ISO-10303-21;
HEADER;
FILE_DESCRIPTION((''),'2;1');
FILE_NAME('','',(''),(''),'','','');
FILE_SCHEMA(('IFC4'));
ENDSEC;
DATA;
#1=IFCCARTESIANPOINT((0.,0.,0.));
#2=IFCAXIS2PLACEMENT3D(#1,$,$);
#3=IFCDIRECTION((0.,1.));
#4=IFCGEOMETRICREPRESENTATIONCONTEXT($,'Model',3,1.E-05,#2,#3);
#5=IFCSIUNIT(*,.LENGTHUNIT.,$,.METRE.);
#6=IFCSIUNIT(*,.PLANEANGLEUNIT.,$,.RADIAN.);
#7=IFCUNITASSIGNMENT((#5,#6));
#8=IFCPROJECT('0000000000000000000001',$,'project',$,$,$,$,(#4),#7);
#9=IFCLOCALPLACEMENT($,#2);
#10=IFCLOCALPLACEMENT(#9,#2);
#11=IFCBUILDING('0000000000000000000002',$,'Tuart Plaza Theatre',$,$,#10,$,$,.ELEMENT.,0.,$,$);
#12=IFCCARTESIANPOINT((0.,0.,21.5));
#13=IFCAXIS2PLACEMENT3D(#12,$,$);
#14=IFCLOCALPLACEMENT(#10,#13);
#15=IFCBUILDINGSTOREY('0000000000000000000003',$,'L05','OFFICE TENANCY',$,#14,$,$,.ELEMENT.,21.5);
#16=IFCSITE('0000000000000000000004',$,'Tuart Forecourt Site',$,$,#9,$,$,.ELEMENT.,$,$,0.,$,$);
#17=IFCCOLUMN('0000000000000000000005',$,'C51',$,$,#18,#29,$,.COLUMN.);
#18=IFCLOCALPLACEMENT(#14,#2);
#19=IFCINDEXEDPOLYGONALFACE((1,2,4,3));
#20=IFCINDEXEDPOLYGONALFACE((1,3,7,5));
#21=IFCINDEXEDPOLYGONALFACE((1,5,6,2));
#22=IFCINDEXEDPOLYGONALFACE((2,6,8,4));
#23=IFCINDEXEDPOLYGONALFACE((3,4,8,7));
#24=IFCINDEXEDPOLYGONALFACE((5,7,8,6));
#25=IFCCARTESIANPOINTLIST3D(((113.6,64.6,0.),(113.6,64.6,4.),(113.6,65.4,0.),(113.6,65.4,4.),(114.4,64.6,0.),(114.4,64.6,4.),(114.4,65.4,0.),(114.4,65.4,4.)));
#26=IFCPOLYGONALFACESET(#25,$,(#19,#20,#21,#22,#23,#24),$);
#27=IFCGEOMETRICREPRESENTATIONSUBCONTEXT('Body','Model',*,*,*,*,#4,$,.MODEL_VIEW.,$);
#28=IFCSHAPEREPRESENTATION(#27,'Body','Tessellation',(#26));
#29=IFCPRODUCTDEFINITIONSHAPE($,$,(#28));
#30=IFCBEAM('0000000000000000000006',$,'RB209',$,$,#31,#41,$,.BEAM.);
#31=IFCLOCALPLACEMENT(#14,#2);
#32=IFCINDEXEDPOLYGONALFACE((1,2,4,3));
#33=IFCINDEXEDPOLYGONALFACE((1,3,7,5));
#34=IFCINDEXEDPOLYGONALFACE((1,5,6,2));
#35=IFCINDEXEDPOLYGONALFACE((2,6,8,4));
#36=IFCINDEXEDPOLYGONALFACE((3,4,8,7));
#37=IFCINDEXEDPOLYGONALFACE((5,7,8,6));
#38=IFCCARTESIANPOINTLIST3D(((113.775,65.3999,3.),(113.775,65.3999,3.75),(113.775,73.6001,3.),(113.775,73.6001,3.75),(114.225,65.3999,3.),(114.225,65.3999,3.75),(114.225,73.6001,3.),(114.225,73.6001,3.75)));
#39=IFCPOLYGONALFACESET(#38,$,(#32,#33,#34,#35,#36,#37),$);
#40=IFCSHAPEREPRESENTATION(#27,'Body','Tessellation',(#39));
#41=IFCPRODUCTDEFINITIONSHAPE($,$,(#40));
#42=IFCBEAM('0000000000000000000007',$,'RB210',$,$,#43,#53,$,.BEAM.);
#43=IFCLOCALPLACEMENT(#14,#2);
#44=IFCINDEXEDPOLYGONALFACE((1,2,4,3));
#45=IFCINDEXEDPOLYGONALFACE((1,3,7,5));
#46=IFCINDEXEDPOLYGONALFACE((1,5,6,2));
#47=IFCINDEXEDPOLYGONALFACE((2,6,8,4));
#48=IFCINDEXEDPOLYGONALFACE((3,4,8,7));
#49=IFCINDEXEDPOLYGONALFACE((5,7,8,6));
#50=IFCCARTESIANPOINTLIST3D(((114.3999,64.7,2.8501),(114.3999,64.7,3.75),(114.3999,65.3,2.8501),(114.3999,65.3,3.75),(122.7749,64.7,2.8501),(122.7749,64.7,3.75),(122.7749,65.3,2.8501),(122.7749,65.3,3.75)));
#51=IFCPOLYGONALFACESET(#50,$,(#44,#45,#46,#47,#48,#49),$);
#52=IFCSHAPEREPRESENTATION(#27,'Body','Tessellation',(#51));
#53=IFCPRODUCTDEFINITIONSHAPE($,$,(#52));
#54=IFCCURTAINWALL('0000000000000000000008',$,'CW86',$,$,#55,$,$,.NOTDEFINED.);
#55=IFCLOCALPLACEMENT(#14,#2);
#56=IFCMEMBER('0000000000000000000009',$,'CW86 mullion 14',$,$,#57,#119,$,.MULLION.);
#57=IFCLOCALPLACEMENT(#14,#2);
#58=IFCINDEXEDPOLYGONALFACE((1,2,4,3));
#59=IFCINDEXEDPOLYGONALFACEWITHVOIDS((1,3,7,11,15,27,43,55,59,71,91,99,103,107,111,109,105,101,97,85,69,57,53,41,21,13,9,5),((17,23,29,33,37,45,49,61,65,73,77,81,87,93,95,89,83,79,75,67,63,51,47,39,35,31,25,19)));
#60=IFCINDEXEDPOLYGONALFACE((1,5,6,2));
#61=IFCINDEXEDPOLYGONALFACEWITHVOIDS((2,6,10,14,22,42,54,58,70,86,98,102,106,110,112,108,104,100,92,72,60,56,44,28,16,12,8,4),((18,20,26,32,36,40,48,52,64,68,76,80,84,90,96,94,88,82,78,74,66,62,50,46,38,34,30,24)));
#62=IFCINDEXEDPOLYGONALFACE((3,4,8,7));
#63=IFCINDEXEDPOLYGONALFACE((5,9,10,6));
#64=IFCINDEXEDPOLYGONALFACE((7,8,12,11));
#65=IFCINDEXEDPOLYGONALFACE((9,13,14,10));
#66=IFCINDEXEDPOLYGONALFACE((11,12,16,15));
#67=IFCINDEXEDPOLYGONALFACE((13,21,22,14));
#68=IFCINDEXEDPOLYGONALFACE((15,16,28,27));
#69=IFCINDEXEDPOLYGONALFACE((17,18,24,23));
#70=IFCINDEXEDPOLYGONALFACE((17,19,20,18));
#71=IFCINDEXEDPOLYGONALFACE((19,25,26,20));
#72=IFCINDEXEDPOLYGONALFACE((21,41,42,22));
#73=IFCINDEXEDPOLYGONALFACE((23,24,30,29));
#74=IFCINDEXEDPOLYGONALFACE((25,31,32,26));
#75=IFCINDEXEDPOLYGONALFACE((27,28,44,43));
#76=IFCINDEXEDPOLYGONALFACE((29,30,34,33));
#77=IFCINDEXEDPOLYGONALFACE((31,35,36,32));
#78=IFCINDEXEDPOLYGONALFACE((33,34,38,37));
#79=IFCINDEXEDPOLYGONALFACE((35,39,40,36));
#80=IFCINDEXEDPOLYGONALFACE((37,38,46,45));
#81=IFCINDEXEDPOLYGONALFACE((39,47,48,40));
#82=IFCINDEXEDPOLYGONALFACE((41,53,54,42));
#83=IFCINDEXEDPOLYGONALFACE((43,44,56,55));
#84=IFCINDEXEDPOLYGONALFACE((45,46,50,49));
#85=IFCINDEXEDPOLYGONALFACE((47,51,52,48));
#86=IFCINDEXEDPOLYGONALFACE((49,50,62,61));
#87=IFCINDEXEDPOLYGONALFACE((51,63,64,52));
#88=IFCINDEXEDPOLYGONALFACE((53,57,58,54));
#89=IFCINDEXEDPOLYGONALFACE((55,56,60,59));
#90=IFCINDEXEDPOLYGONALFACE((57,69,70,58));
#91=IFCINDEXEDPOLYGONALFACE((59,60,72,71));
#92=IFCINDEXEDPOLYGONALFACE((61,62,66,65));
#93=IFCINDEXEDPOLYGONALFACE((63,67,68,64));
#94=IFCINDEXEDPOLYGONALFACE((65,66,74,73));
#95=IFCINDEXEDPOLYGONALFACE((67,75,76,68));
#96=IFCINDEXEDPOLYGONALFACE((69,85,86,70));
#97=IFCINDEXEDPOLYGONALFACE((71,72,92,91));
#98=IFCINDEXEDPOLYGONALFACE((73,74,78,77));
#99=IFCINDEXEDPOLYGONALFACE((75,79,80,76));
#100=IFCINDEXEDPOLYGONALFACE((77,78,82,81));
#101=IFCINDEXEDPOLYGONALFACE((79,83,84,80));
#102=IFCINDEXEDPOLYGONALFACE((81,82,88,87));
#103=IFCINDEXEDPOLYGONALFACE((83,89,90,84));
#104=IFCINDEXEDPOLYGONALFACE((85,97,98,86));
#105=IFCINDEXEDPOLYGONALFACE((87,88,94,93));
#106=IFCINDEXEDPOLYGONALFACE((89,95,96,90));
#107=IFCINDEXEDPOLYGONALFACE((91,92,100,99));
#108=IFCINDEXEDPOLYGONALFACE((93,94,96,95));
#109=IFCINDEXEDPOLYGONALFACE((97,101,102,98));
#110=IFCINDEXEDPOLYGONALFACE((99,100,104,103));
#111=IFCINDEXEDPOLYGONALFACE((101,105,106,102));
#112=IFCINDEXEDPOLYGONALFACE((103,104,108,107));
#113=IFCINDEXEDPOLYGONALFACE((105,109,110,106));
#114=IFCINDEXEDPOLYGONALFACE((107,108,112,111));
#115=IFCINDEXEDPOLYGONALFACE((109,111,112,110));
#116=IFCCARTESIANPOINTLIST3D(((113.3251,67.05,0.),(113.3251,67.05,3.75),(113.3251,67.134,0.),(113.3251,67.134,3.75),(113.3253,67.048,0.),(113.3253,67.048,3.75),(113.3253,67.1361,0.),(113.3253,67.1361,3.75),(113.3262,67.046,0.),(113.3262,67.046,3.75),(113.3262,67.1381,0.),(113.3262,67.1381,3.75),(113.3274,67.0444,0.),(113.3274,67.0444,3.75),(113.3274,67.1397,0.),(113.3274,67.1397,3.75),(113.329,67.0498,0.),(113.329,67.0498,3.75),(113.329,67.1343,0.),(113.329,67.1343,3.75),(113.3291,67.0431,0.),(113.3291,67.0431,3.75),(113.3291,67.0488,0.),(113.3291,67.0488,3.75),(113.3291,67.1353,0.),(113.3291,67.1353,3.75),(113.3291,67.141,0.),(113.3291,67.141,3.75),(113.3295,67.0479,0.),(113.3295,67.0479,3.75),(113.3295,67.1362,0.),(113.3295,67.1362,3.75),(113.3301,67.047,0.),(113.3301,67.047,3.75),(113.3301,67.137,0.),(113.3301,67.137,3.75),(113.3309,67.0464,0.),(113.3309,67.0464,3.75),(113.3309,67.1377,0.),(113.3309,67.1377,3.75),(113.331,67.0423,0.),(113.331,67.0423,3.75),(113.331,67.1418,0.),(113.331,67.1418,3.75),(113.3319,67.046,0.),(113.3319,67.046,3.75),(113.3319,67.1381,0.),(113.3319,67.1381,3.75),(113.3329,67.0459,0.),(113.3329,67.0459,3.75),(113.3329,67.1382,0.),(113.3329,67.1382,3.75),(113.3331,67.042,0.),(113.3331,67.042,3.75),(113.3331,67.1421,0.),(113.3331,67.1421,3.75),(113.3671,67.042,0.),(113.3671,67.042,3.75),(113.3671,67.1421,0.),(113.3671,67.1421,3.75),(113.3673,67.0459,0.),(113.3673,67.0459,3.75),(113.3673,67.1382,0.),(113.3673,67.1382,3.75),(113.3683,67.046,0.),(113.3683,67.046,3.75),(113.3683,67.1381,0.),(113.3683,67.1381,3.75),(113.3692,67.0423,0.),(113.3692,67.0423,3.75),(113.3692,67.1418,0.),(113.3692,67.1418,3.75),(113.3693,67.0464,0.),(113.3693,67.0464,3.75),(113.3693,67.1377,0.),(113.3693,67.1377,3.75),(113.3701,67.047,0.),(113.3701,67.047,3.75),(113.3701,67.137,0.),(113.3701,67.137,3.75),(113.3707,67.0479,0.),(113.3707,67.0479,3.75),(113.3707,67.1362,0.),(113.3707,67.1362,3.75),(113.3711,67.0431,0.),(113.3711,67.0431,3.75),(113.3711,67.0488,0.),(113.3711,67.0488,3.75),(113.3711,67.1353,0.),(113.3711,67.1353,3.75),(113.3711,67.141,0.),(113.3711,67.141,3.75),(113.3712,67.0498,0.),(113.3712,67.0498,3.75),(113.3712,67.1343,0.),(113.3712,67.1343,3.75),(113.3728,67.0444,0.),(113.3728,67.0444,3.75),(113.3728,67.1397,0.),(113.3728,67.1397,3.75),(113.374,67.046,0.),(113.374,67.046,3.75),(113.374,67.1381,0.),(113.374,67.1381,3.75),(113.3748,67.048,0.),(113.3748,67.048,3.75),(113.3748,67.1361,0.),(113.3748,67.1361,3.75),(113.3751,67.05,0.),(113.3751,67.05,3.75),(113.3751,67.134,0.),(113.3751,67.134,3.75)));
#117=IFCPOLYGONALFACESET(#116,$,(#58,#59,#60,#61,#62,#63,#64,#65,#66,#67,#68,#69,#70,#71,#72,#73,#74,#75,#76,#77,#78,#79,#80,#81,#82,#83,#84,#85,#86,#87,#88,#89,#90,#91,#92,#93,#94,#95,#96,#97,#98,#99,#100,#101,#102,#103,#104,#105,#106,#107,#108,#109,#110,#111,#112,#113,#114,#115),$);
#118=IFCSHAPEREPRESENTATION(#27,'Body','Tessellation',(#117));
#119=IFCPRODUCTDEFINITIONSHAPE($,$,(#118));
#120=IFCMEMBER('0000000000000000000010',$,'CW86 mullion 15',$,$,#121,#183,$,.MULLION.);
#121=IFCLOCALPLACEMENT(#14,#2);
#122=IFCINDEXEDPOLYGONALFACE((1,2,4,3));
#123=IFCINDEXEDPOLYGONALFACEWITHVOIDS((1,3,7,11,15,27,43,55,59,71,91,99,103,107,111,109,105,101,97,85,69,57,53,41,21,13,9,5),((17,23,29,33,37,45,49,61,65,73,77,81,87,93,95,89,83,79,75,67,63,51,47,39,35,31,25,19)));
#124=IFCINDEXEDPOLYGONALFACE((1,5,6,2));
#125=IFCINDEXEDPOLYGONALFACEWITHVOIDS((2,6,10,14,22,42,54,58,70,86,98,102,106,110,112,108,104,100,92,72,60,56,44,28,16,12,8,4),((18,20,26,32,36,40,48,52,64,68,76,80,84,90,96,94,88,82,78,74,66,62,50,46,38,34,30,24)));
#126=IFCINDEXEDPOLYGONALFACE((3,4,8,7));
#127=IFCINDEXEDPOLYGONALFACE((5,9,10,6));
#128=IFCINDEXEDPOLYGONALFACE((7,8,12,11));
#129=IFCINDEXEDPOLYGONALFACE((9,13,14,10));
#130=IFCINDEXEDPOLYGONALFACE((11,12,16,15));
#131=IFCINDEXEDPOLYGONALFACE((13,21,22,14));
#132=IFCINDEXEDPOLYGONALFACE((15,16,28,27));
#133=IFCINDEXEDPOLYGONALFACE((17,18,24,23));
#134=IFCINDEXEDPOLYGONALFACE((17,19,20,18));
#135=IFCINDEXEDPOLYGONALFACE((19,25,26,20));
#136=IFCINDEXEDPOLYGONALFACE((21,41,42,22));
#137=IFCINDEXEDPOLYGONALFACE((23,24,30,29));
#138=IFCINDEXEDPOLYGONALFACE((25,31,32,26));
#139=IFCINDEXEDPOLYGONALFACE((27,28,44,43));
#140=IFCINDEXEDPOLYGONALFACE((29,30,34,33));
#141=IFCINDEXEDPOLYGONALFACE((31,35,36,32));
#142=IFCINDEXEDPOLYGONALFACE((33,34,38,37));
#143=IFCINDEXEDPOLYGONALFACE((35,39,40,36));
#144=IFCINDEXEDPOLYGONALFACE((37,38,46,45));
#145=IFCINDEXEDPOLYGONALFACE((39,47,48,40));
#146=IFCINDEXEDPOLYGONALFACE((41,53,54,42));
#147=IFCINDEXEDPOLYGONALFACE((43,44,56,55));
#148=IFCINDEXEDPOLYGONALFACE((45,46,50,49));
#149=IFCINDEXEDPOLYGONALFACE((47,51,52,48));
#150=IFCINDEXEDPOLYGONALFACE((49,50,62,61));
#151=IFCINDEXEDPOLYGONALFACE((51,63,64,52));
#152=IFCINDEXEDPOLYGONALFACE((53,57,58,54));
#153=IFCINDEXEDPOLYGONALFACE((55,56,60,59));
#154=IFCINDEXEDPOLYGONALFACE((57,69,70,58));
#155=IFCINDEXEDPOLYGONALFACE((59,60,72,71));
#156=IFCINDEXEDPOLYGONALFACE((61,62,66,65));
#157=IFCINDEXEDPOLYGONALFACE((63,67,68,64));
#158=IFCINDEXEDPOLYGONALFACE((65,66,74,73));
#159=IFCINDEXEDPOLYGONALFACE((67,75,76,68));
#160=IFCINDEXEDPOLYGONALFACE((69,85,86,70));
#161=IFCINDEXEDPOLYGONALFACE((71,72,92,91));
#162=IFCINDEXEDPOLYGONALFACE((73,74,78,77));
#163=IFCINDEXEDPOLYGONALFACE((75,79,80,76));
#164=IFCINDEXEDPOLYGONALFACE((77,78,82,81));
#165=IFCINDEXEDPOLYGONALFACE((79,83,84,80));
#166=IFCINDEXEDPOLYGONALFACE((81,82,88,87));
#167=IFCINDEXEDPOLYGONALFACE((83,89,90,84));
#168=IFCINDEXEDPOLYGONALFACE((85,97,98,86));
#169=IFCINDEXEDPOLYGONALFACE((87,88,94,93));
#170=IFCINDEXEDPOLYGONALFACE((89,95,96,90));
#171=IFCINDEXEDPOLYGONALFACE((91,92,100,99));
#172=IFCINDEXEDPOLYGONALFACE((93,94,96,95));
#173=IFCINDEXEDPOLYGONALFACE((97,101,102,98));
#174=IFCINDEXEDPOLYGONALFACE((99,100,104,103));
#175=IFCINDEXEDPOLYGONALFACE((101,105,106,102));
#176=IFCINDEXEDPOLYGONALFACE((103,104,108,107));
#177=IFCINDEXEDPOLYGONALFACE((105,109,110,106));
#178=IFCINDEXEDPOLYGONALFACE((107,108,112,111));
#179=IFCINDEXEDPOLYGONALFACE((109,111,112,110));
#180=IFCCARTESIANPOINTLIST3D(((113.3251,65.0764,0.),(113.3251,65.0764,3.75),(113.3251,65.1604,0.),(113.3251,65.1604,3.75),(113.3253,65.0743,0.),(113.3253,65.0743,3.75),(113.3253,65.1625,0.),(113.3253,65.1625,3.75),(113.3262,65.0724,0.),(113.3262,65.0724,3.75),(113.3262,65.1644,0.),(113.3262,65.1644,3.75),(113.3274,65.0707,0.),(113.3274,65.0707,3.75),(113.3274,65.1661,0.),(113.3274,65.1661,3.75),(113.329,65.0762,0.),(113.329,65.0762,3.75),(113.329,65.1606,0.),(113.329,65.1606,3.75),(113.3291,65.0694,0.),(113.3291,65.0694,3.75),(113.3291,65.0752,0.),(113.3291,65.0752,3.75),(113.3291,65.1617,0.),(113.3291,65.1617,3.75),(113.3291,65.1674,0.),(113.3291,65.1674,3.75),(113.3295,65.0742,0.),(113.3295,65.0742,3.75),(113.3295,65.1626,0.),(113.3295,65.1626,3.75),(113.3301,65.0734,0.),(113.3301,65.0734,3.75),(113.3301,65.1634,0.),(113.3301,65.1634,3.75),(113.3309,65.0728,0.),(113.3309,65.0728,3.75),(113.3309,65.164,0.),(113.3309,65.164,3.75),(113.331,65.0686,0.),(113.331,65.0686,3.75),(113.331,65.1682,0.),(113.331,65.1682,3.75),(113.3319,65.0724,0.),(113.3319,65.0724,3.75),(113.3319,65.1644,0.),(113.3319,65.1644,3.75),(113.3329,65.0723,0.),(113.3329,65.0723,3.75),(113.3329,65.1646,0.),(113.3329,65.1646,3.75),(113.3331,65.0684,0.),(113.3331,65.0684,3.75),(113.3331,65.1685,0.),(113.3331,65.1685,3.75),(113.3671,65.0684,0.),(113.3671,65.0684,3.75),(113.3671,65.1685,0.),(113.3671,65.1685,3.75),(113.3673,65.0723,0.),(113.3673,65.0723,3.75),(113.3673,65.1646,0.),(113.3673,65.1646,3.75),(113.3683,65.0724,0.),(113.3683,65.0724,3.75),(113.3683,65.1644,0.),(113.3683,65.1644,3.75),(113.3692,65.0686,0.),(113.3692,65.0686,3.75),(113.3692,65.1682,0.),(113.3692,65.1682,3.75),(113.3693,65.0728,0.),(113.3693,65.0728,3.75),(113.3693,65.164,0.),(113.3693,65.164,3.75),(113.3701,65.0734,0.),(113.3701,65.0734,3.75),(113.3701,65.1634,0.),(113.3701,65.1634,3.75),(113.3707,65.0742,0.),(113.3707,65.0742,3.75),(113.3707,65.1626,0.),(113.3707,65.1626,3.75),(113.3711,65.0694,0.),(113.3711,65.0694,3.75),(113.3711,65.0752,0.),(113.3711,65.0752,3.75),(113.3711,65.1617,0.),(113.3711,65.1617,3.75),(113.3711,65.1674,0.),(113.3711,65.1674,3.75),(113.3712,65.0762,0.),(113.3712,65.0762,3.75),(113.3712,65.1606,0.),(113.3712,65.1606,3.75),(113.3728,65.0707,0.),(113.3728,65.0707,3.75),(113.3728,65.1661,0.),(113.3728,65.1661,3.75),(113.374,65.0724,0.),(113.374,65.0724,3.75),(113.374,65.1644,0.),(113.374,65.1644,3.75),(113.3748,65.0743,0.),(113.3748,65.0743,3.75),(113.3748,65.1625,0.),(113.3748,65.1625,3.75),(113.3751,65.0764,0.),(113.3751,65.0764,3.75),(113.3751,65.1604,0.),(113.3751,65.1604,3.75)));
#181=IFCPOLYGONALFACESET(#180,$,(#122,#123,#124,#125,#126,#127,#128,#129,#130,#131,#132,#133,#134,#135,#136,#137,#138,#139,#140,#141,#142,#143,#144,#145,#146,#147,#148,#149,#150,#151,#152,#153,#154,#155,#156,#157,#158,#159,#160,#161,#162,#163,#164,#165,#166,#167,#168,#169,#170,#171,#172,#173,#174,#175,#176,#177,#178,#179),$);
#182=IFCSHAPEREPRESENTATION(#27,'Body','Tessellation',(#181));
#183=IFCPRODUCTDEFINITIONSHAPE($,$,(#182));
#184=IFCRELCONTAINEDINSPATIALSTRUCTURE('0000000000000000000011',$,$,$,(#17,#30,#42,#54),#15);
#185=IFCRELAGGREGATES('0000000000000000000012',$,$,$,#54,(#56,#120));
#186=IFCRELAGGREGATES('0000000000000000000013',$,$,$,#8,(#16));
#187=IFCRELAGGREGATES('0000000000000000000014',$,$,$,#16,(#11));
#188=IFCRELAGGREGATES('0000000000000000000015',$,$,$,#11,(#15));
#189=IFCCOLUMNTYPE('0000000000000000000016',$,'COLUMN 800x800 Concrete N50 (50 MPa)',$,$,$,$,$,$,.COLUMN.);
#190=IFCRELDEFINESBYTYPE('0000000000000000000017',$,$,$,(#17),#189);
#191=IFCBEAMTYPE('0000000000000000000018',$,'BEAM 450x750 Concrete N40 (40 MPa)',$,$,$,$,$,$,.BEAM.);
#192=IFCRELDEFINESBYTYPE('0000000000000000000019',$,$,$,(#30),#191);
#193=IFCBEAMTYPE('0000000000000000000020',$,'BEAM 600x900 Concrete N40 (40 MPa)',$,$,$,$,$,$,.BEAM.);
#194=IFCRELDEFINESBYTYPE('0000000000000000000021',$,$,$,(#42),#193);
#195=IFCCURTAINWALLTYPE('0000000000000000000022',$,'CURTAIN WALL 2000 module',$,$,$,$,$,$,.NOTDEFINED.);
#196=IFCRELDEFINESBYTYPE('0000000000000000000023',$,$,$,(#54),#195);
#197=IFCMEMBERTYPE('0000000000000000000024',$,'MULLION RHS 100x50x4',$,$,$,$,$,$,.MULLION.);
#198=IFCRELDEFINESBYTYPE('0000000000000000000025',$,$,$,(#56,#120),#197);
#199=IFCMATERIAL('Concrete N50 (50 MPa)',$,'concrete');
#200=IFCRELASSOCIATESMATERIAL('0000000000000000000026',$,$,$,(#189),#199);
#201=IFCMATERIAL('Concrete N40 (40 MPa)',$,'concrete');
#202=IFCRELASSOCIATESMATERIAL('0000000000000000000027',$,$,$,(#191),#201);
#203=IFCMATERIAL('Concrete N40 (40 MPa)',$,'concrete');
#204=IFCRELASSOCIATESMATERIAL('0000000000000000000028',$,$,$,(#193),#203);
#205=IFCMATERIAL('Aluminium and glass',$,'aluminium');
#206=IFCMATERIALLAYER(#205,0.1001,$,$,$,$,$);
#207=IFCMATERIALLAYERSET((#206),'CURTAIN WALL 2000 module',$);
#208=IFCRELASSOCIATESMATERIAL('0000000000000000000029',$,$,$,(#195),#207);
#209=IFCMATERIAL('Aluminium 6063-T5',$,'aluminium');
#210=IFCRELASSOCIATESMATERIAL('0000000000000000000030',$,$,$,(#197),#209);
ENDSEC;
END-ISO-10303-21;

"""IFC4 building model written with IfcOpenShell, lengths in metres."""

from ifc_helpers import new_model, si_unit, direction, frame, origin, origin_2d, place, context, subcontext, project, spatial, rectangle, hollow_rectangle, extrude, material, layer, layer_set, material_profile, profile_set, type_object, element, aggregate, save


model = new_model("IFC4")

# Units and contexts
model_context = context("Model", 3, precision=1e-05, world=origin(), true_north=direction((0.0, 1.0)))
body_context = subcontext(model_context, "Body", "Model", "MODEL_VIEW")
ifc_project = project(units=[si_unit("LENGTHUNIT", "METRE"), si_unit("PLANEANGLEUNIT", "RADIAN")], contexts=[model_context])

# Site, building, storey
site_placement = place(None, origin())
site = spatial("IfcSite", under=ifc_project, at=site_placement, Name="Tuart Forecourt Site", CompositionType="ELEMENT", RefElevation=0.0)
building_placement = place(site_placement, origin())
building = spatial("IfcBuilding", under=site, at=building_placement, Name="Tuart Plaza Theatre", CompositionType="ELEMENT", ElevationOfRefHeight=0.0)
storey_placement = place(building_placement, frame((0.0, 0.0, 21.5)))
storey = spatial("IfcBuildingStorey", under=building, at=storey_placement, Name="L05", Description="OFFICE TENANCY", CompositionType="ELEMENT", Elevation=21.5)

# Column
ifc_material_1 = material(Name="Concrete N50 (50 MPa)", Category="concrete")
ifc_material_profile_1 = material_profile(ifc_material_1, rectangle(XDim=0.8, YDim=0.8, at=origin_2d()), Name="COLUMN 800x800 Concrete N50 (50 MPa)")
ifc_profile_set_1 = profile_set([ifc_material_profile_1], Name="Concrete N50 (50 MPa)")
column_type = type_object("IfcColumnType", Name="COLUMN 800x800 Concrete N50 (50 MPa)", PredefinedType="COLUMN", material=ifc_profile_set_1)
column_placement = place(storey_placement, frame((114.0, 65.0, 0.0), z_axis=(0.0, 0.0, 1.0), x_axis=(1.0, 0.0, 0.0)))
element("IfcColumn", 1, at=column_placement, inside=storey, type_object=column_type, Name="C51", PredefinedType="COLUMN", context=body_context, shape_type="SweptSolid", body=[
    extrude(rectangle(XDim=0.8, YDim=0.8, at=origin_2d()), origin(), (0.0, 0.0, 1.0), 4.0),
])

# Beams
ifc_material_2 = material(Name="Concrete N40 (40 MPa)", Category="concrete")
ifc_material_profile_2 = material_profile(ifc_material_2, rectangle(XDim=0.45, YDim=0.75, at=origin_2d()), Name="BEAM 450x750 Concrete N40 (40 MPa)")
ifc_profile_set_2 = profile_set([ifc_material_profile_2], Name="Concrete N40 (40 MPa)")
beam_type_1 = type_object("IfcBeamType", Name="BEAM 450x750 Concrete N40 (40 MPa)", PredefinedType="BEAM", material=ifc_profile_set_2)
beam_1_placement = place(storey_placement, frame((114.0, 65.3999, 3.375), z_axis=(0.0, 1.0, 0.0), x_axis=(-1.0, 0.0, 0.0)))
element("IfcBeam", 2, at=beam_1_placement, inside=storey, type_object=beam_type_1, Name="RB209", PredefinedType="BEAM", context=body_context, shape_type="SweptSolid", body=[
    extrude(rectangle(XDim=0.45, YDim=0.75, at=origin_2d()), origin(), (0.0, 0.0, 1.0), 8.2002),
])
ifc_material_3 = material(Name="Concrete N40 (40 MPa)", Category="concrete")
ifc_material_profile_3 = material_profile(ifc_material_3, rectangle(XDim=0.6001, YDim=0.8999, at=origin_2d()), Name="BEAM 600x900 Concrete N40 (40 MPa)")
ifc_profile_set_3 = profile_set([ifc_material_profile_3], Name="Concrete N40 (40 MPa)")
beam_type_2 = type_object("IfcBeamType", Name="BEAM 600x900 Concrete N40 (40 MPa)", PredefinedType="BEAM", material=ifc_profile_set_3)
beam_2_placement = place(storey_placement, frame((114.3999, 65.0, 3.3), z_axis=(1.0, 0.0, 0.0), x_axis=(0.0, 1.0, 0.0)))
element("IfcBeam", 3, at=beam_2_placement, inside=storey, type_object=beam_type_2, Name="RB210", PredefinedType="BEAM", context=body_context, shape_type="SweptSolid", body=[
    extrude(rectangle(XDim=0.6001, YDim=0.8999, at=origin_2d()), origin(), (0.0, 0.0, 1.0), 8.375),
])

# Curtain wall, members
ifc_material_4 = material(Name="Aluminium and glass", Category="aluminium")
ifc_layer_1 = layer(ifc_material_4, 0.1001)
ifc_layer_set_1 = layer_set([ifc_layer_1], Name="CURTAIN WALL 2000 module")
curtain_wall_type = type_object("IfcCurtainWallType", Name="CURTAIN WALL 2000 module", PredefinedType="NOTDEFINED", material=ifc_layer_set_1)
curtain_wall_placement = place(storey_placement, origin())
curtain_wall = element("IfcCurtainWall", 4, at=curtain_wall_placement, inside=storey, type_object=curtain_wall_type, Name="CW86", PredefinedType="NOTDEFINED")
ifc_material_5 = material(Name="Aluminium 6063-T5", Category="aluminium")
ifc_material_profile_4 = material_profile(ifc_material_5, hollow_rectangle(XDim=0.05, YDim=0.1001, WallThickness=0.0039, InnerFilletRadius=0.0039, OuterFilletRadius=0.0081, at=origin_2d()), Name="RHS 100x50x4")
ifc_profile_set_4 = profile_set([ifc_material_profile_4], Name="Aluminium 6063-T5")
member_type_1 = type_object("IfcMemberType", Name="MULLION RHS 100x50x4", PredefinedType="MULLION", material=ifc_profile_set_4)
member_1_placement = place(storey_placement, frame((113.3501, 67.092, 0.0), z_axis=(0.0, 0.0, 1.0), x_axis=(1.0, 0.0, 0.0)))
member_1 = element("IfcMember", 5, at=member_1_placement, type_object=member_type_1, Name="CW86 mullion 14", PredefinedType="MULLION", context=body_context, shape_type="SweptSolid", body=[
    extrude(hollow_rectangle(XDim=0.05, YDim=0.1001, WallThickness=0.0039, InnerFilletRadius=0.0039, OuterFilletRadius=0.0081, at=origin_2d()), origin(), (0.0, 0.0, 1.0), 3.75),
])
member_2_placement = place(storey_placement, frame((113.3501, 65.1184, 0.0), z_axis=(0.0, 0.0, 1.0), x_axis=(1.0, 0.0, 0.0)))
member_2 = element("IfcMember", 6, at=member_2_placement, type_object=member_type_1, Name="CW86 mullion 15", PredefinedType="MULLION", context=body_context, shape_type="SweptSolid", body=[
    extrude(hollow_rectangle(XDim=0.05, YDim=0.1001, WallThickness=0.0039, InnerFilletRadius=0.0039, OuterFilletRadius=0.0081, at=origin_2d()), origin(), (0.0, 0.0, 1.0), 3.75),
])
aggregate(curtain_wall, [member_1, member_2])

save(model, "model.ifc")
